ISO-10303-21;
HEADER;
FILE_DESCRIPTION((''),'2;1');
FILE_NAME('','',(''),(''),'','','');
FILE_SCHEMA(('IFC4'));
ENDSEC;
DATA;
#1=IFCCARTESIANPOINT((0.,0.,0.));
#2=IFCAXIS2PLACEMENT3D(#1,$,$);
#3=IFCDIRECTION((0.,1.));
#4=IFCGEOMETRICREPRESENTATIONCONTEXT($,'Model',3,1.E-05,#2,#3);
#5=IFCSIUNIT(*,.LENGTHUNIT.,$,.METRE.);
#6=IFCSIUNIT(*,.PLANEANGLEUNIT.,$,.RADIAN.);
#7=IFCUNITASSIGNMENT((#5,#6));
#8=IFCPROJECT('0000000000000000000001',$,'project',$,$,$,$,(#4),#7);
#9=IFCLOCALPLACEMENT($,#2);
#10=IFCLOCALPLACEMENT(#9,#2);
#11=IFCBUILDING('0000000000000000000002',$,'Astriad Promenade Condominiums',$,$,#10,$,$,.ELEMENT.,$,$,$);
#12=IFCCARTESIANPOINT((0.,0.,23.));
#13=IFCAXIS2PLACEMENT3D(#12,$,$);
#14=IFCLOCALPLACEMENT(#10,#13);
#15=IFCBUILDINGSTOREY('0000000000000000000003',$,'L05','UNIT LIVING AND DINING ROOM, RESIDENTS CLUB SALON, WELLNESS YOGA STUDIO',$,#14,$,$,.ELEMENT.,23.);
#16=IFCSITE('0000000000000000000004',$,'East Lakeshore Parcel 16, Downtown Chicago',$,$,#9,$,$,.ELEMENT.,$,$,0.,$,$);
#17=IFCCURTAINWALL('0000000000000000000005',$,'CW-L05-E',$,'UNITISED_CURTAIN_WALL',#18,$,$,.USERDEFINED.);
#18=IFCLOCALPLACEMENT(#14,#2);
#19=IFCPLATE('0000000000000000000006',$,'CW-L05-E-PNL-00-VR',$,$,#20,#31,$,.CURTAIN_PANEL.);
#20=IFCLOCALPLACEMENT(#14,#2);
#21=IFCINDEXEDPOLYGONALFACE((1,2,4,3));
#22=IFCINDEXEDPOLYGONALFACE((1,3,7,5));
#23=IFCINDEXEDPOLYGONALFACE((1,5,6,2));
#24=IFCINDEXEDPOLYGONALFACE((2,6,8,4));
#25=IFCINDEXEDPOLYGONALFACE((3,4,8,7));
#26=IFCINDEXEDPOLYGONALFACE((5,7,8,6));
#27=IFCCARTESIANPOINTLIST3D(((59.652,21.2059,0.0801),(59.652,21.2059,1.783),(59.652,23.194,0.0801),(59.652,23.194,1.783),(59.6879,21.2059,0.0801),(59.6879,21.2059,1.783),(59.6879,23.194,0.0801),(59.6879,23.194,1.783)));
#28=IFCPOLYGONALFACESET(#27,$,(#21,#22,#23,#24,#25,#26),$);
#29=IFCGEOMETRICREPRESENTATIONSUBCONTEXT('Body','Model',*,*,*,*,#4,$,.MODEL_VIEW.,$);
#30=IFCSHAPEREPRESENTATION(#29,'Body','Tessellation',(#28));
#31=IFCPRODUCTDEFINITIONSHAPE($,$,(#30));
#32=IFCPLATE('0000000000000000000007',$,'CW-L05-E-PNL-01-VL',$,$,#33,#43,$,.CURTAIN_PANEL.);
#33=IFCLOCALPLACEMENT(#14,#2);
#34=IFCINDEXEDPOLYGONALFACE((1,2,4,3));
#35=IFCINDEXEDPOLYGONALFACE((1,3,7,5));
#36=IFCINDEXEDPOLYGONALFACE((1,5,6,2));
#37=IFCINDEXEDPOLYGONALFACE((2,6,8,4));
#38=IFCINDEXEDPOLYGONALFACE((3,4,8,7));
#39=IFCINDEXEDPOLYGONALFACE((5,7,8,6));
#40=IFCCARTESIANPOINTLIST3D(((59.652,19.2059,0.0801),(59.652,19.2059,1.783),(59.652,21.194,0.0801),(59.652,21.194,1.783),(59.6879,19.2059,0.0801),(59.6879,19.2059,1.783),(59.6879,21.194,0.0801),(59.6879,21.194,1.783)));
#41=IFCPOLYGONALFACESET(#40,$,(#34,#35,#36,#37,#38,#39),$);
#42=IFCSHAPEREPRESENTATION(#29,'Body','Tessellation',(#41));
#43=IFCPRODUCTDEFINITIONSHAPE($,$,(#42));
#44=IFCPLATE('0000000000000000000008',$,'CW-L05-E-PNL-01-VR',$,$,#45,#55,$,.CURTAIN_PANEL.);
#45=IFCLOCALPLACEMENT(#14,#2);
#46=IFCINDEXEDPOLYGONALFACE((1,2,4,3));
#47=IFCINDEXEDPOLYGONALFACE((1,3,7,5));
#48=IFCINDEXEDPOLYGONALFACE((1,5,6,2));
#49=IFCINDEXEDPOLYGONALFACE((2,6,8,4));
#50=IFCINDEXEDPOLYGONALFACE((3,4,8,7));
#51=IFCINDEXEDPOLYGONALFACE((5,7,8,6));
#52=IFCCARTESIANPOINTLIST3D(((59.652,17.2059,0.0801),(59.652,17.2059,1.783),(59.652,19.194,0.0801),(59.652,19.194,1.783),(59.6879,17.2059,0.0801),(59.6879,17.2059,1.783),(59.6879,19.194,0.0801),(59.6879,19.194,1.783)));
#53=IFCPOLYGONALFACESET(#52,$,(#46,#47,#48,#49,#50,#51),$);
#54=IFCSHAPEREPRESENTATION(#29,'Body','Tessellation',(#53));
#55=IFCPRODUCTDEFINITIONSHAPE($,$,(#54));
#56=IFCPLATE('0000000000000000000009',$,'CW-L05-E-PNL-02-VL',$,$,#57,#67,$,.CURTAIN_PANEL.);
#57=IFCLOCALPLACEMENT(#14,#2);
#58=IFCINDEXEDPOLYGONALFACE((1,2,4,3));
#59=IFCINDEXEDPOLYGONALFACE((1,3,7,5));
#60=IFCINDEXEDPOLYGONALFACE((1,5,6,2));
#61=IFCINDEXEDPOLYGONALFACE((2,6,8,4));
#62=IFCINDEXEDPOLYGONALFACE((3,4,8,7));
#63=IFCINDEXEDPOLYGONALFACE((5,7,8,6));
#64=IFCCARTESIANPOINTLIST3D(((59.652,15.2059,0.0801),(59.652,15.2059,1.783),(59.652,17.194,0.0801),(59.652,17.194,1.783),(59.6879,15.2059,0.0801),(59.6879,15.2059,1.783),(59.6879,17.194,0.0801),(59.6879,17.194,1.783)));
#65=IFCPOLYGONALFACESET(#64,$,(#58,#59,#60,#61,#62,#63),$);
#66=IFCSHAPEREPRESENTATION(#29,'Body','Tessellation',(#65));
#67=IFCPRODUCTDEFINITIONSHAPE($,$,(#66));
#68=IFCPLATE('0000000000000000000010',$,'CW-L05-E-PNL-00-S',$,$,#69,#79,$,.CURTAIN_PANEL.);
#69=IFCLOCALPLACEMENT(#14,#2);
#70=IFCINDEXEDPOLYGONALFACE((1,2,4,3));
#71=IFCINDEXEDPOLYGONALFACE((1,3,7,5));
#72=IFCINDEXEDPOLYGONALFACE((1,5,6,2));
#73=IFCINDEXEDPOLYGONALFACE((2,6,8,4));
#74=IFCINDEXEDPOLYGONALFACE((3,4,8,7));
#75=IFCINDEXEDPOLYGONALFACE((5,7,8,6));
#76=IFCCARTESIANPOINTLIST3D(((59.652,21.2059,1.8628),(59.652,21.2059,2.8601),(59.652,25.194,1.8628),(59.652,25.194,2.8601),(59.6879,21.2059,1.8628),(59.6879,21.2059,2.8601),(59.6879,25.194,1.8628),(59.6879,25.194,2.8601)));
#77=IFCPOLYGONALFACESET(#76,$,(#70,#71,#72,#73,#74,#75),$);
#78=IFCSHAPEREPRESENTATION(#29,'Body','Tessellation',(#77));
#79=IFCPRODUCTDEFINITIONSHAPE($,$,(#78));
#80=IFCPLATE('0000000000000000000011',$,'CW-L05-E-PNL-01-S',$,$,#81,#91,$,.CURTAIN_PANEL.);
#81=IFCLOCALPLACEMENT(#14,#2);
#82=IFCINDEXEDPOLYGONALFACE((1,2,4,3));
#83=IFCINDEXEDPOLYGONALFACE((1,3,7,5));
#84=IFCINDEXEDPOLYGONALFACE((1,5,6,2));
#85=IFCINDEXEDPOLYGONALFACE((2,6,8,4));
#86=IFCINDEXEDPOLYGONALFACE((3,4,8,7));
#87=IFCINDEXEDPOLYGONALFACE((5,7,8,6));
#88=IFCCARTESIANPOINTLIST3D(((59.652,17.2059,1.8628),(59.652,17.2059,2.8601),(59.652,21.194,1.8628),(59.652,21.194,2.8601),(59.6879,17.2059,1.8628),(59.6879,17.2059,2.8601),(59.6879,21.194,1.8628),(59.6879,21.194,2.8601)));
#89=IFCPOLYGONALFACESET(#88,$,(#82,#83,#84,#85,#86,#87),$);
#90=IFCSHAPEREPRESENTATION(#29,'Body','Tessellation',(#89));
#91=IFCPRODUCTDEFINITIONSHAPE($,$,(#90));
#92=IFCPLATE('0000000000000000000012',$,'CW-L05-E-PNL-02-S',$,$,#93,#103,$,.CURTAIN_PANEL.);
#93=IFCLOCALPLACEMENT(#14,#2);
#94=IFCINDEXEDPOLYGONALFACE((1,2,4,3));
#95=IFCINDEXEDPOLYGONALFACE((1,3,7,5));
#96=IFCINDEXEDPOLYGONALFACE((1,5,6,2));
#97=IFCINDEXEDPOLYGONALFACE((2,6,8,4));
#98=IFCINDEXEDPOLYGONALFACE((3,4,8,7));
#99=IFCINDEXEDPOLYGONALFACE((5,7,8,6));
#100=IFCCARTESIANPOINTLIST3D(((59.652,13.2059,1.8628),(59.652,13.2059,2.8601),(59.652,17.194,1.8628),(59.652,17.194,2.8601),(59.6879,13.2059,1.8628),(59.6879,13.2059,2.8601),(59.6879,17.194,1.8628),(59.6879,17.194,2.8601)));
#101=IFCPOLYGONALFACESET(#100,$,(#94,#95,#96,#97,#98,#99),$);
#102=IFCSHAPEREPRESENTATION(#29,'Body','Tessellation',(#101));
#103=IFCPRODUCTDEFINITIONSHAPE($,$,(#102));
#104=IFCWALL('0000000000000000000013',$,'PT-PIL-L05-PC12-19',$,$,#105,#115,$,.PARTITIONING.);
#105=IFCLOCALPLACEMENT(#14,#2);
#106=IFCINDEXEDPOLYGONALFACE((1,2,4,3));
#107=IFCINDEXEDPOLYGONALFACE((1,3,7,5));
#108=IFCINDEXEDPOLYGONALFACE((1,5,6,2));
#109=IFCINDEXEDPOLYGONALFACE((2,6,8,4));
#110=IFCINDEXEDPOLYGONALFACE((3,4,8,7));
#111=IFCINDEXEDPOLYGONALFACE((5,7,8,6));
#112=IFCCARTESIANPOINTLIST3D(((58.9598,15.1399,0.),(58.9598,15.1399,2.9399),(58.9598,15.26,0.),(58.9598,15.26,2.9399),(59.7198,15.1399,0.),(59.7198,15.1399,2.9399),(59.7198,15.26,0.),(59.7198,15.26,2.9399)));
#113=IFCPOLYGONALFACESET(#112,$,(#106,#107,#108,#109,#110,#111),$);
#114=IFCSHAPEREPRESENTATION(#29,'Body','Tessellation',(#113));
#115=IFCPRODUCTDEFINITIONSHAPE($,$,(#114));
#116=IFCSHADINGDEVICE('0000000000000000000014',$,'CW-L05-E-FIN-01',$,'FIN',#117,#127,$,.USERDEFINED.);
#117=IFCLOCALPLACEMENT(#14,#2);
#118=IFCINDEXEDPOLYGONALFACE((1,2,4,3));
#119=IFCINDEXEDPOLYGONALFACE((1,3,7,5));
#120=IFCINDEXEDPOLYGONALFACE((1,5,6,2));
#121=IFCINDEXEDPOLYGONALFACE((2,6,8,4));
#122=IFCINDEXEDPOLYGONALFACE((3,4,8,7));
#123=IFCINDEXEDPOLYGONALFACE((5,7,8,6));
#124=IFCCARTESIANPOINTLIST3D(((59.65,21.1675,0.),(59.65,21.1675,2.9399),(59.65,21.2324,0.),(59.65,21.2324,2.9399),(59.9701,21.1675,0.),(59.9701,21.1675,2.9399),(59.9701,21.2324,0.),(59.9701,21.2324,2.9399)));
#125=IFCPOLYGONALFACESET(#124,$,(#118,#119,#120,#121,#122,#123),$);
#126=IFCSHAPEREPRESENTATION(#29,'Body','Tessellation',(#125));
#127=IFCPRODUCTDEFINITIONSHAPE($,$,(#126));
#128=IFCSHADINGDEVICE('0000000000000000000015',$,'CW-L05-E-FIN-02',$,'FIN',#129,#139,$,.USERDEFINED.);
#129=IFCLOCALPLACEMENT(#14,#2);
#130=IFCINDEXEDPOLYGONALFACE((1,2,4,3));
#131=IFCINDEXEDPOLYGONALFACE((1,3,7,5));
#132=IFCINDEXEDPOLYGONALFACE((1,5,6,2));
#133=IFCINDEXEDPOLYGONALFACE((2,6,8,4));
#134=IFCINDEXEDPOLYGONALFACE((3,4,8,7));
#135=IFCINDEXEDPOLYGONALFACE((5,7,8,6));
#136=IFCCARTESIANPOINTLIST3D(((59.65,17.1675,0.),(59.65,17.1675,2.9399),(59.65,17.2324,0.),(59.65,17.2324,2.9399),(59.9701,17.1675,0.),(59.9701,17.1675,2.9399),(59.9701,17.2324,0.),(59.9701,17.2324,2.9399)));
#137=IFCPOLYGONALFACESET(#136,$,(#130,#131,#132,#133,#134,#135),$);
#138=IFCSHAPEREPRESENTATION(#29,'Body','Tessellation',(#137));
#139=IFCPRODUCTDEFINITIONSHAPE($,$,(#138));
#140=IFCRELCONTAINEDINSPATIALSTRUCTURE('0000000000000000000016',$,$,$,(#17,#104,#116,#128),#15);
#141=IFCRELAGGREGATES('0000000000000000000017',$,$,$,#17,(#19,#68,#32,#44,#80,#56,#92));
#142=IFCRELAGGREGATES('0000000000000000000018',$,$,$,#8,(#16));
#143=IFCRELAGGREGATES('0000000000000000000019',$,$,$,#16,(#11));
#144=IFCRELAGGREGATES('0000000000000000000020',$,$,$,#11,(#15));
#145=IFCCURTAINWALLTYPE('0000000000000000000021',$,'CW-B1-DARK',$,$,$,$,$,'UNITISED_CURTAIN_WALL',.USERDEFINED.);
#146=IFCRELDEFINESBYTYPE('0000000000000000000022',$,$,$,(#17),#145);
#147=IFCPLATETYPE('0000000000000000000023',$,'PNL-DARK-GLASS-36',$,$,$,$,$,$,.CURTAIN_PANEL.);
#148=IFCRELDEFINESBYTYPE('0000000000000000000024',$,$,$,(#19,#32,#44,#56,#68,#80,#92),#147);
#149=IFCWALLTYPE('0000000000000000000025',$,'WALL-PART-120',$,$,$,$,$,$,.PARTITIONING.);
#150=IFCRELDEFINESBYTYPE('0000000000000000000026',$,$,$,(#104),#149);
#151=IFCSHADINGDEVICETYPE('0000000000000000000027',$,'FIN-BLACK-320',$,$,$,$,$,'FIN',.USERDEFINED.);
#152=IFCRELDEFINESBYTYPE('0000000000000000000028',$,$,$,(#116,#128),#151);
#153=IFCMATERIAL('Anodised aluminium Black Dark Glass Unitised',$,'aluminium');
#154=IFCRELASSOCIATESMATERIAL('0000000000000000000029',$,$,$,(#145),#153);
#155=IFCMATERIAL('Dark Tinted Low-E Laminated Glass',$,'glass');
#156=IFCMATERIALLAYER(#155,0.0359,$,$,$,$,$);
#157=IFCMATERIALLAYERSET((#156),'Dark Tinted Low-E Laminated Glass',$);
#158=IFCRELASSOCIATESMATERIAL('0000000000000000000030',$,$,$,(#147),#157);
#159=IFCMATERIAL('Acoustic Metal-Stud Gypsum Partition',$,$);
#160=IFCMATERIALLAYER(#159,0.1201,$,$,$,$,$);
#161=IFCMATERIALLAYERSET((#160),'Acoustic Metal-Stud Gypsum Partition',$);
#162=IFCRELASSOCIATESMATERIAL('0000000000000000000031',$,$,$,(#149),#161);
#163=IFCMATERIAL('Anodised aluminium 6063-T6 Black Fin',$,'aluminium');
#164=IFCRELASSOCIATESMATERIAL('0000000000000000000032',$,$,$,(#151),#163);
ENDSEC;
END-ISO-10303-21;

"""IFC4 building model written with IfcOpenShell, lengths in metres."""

from ifc_helpers import new_model, si_unit, direction, frame, frame_2d, origin, origin_2d, place, context, subcontext, project, spatial, rectangle, extrude, source, transform, mapped, material, layer, layer_set, type_object, type_shapes, element, aggregate, save


model = new_model("IFC4")

# Units and contexts
model_context = context("Model", 3, precision=1e-05, world=origin(), true_north=direction((0.0, 1.0)))
body_context = subcontext(model_context, "Body", "Model", "MODEL_VIEW")
ifc_project = project(units=[si_unit("LENGTHUNIT", "METRE"), si_unit("PLANEANGLEUNIT", "RADIAN")], contexts=[model_context])

# Site, building, storey
site_placement = place(None, origin())
site = spatial("IfcSite", under=ifc_project, at=site_placement, Name="East Lakeshore Parcel 16, Downtown Chicago", CompositionType="ELEMENT", RefElevation=0.0)
building_placement = place(site_placement, origin())
building = spatial("IfcBuilding", under=site, at=building_placement, Name="Astriad Promenade Condominiums", CompositionType="ELEMENT")
storey_placement = place(building_placement, frame((0.0, 0.0, 23.0)))
storey = spatial("IfcBuildingStorey", under=building, at=storey_placement, Name="L05", Description="UNIT LIVING AND DINING ROOM, RESIDENTS CLUB SALON, WELLNESS YOGA STUDIO", CompositionType="ELEMENT", Elevation=23.0)

# Curtain wall, plates
ifc_material_1 = material(Name="Anodised aluminium Black Dark Glass Unitised", Category="aluminium")
curtain_wall_type = type_object("IfcCurtainWallType", Name="CW-B1-DARK", ElementType="UNITISED_CURTAIN_WALL", PredefinedType="USERDEFINED", material=ifc_material_1)
curtain_wall_placement = place(storey_placement, origin())
curtain_wall = element("IfcCurtainWall", 1, at=curtain_wall_placement, inside=storey, type_object=curtain_wall_type, Name="CW-L05-E", ObjectType="UNITISED_CURTAIN_WALL", PredefinedType="USERDEFINED")
ifc_material_2 = material(Name="Dark Tinted Low-E Laminated Glass", Category="glass")
ifc_layer_1 = layer(ifc_material_2, 0.0359)
ifc_layer_set_1 = layer_set([ifc_layer_1], Name="Dark Tinted Low-E Laminated Glass")
plate_type = type_object("IfcPlateType", Name="PNL-DARK-GLASS-36", PredefinedType="CURTAIN_PANEL", material=ifc_layer_set_1)
shared_shape_1 = source(origin(), body_context, "Body", "SweptSolid", [
    extrude(rectangle(XDim=1.988, YDim=0.0359, at=origin_2d()), origin(), (0.0, 0.0, 1.0), 1.7029),
])
plate_1_placement = place(storey_placement, frame((59.6699, 22.2, 0.0801), z_axis=(0.0, 0.0, 1.0), x_axis=(0.0, -1.0, 0.0)))
plate_1 = element("IfcPlate", 2, at=plate_1_placement, type_object=plate_type, Name="CW-L05-E-PNL-00-VR", PredefinedType="CURTAIN_PANEL", context=body_context, shape_type="MappedRepresentation", body=[
    mapped(shared_shape_1, transform((0.0, 0.0, 0.0), scale=1.0)),
])
plate_2_placement = place(storey_placement, frame((59.6699, 20.2, 0.0801), z_axis=(0.0, 0.0, 1.0), x_axis=(0.0, -1.0, 0.0)))
plate_2 = element("IfcPlate", 3, at=plate_2_placement, type_object=plate_type, Name="CW-L05-E-PNL-01-VL", PredefinedType="CURTAIN_PANEL", context=body_context, shape_type="MappedRepresentation", body=[
    mapped(shared_shape_1, transform((0.0, 0.0, 0.0), scale=1.0)),
])
plate_3_placement = place(storey_placement, frame((59.6699, 18.2, 0.0801), z_axis=(0.0, 0.0, 1.0), x_axis=(0.0, -1.0, 0.0)))
plate_3 = element("IfcPlate", 4, at=plate_3_placement, type_object=plate_type, Name="CW-L05-E-PNL-01-VR", PredefinedType="CURTAIN_PANEL", context=body_context, shape_type="MappedRepresentation", body=[
    mapped(shared_shape_1, transform((0.0, 0.0, 0.0), scale=1.0)),
])
plate_4_placement = place(storey_placement, frame((59.6699, 16.2, 0.0801), z_axis=(0.0, 0.0, 1.0), x_axis=(0.0, -1.0, 0.0)))
plate_4 = element("IfcPlate", 5, at=plate_4_placement, type_object=plate_type, Name="CW-L05-E-PNL-02-VL", PredefinedType="CURTAIN_PANEL", context=body_context, shape_type="MappedRepresentation", body=[
    mapped(shared_shape_1, transform((0.0, 0.0, 0.0), scale=1.0)),
])
shared_shape_2 = source(origin(), body_context, "Body", "SweptSolid", [
    extrude(rectangle(XDim=3.988, YDim=0.0359, at=origin_2d()), origin(), (0.0, 0.0, 1.0), 0.9973),
])
type_shapes(plate_type, [shared_shape_1, shared_shape_2])
plate_5_placement = place(storey_placement, frame((59.6699, 23.2, 1.8628), z_axis=(0.0, 0.0, 1.0), x_axis=(0.0, -1.0, 0.0)))
plate_5 = element("IfcPlate", 6, at=plate_5_placement, type_object=plate_type, Name="CW-L05-E-PNL-00-S", PredefinedType="CURTAIN_PANEL", context=body_context, shape_type="MappedRepresentation", body=[
    mapped(shared_shape_2, transform((0.0, 0.0, 0.0), scale=1.0)),
])
plate_6_placement = place(storey_placement, frame((59.6699, 19.2, 1.8628), z_axis=(0.0, 0.0, 1.0), x_axis=(0.0, -1.0, 0.0)))
plate_6 = element("IfcPlate", 7, at=plate_6_placement, type_object=plate_type, Name="CW-L05-E-PNL-01-S", PredefinedType="CURTAIN_PANEL", context=body_context, shape_type="MappedRepresentation", body=[
    mapped(shared_shape_2, transform((0.0, 0.0, 0.0), scale=1.0)),
])
plate_7_placement = place(storey_placement, frame((59.6699, 15.2, 1.8628), z_axis=(0.0, 0.0, 1.0), x_axis=(0.0, -1.0, 0.0)))
plate_7 = element("IfcPlate", 8, at=plate_7_placement, type_object=plate_type, Name="CW-L05-E-PNL-02-S", PredefinedType="CURTAIN_PANEL", context=body_context, shape_type="MappedRepresentation", body=[
    mapped(shared_shape_2, transform((0.0, 0.0, 0.0), scale=1.0)),
])
aggregate(curtain_wall, [plate_1, plate_5, plate_2, plate_3, plate_6, plate_4, plate_7])

# Wall
ifc_material_3 = material(Name="Acoustic Metal-Stud Gypsum Partition")
ifc_layer_2 = layer(ifc_material_3, 0.1201)
ifc_layer_set_2 = layer_set([ifc_layer_2], Name="Acoustic Metal-Stud Gypsum Partition")
wall_type = type_object("IfcWallType", Name="WALL-PART-120", PredefinedType="PARTITIONING", material=ifc_layer_set_2)
wall_placement = place(storey_placement, frame((58.96, 15.2, 0.0), z_axis=(0.0, 0.0, 1.0), x_axis=(1.0, 0.0, 0.0)))
element("IfcWall", 9, at=wall_placement, inside=storey, type_object=wall_type, Name="PT-PIL-L05-PC12-19", PredefinedType="PARTITIONING", context=body_context, shape_type="SweptSolid", body=[
    extrude(rectangle(XDim=0.76, YDim=0.1201, at=frame_2d((0.3799, 0.0))), origin(), (0.0, 0.0, 1.0), 2.9399),
])

# Shading devices
ifc_material_4 = material(Name="Anodised aluminium 6063-T6 Black Fin", Category="aluminium")
shading_device_type = type_object("IfcShadingDeviceType", Name="FIN-BLACK-320", ElementType="FIN", PredefinedType="USERDEFINED", material=ifc_material_4)
shared_shape_3 = source(origin(), body_context, "Body", "SweptSolid", [
    extrude(rectangle(XDim=0.0649, YDim=0.3201, at=origin_2d()), origin(), (0.0, 0.0, 1.0), 2.9399),
])
type_shapes(shading_device_type, [shared_shape_3])
for number, where, z_axis, x_axis, name in (
    (10, (59.8101, 21.2, 0.0), (0.0, 0.0, 1.0), (0.0, -1.0, 0.0), "CW-L05-E-FIN-01"),
    (11, (59.8101, 17.2, 0.0), (0.0, 0.0, 1.0), (0.0, -1.0, 0.0), "CW-L05-E-FIN-02"),
):
    element("IfcShadingDevice", number, at=place(storey_placement, frame(where, z_axis=z_axis, x_axis=x_axis)), inside=storey, type_object=shading_device_type, Name=name, ObjectType="FIN", PredefinedType="USERDEFINED", context=body_context, shape_type="MappedRepresentation", body=[
        mapped(shared_shape_3, transform((0.0, 0.0, 0.0), scale=1.0)),
    ])

save(model, "model.ifc")
